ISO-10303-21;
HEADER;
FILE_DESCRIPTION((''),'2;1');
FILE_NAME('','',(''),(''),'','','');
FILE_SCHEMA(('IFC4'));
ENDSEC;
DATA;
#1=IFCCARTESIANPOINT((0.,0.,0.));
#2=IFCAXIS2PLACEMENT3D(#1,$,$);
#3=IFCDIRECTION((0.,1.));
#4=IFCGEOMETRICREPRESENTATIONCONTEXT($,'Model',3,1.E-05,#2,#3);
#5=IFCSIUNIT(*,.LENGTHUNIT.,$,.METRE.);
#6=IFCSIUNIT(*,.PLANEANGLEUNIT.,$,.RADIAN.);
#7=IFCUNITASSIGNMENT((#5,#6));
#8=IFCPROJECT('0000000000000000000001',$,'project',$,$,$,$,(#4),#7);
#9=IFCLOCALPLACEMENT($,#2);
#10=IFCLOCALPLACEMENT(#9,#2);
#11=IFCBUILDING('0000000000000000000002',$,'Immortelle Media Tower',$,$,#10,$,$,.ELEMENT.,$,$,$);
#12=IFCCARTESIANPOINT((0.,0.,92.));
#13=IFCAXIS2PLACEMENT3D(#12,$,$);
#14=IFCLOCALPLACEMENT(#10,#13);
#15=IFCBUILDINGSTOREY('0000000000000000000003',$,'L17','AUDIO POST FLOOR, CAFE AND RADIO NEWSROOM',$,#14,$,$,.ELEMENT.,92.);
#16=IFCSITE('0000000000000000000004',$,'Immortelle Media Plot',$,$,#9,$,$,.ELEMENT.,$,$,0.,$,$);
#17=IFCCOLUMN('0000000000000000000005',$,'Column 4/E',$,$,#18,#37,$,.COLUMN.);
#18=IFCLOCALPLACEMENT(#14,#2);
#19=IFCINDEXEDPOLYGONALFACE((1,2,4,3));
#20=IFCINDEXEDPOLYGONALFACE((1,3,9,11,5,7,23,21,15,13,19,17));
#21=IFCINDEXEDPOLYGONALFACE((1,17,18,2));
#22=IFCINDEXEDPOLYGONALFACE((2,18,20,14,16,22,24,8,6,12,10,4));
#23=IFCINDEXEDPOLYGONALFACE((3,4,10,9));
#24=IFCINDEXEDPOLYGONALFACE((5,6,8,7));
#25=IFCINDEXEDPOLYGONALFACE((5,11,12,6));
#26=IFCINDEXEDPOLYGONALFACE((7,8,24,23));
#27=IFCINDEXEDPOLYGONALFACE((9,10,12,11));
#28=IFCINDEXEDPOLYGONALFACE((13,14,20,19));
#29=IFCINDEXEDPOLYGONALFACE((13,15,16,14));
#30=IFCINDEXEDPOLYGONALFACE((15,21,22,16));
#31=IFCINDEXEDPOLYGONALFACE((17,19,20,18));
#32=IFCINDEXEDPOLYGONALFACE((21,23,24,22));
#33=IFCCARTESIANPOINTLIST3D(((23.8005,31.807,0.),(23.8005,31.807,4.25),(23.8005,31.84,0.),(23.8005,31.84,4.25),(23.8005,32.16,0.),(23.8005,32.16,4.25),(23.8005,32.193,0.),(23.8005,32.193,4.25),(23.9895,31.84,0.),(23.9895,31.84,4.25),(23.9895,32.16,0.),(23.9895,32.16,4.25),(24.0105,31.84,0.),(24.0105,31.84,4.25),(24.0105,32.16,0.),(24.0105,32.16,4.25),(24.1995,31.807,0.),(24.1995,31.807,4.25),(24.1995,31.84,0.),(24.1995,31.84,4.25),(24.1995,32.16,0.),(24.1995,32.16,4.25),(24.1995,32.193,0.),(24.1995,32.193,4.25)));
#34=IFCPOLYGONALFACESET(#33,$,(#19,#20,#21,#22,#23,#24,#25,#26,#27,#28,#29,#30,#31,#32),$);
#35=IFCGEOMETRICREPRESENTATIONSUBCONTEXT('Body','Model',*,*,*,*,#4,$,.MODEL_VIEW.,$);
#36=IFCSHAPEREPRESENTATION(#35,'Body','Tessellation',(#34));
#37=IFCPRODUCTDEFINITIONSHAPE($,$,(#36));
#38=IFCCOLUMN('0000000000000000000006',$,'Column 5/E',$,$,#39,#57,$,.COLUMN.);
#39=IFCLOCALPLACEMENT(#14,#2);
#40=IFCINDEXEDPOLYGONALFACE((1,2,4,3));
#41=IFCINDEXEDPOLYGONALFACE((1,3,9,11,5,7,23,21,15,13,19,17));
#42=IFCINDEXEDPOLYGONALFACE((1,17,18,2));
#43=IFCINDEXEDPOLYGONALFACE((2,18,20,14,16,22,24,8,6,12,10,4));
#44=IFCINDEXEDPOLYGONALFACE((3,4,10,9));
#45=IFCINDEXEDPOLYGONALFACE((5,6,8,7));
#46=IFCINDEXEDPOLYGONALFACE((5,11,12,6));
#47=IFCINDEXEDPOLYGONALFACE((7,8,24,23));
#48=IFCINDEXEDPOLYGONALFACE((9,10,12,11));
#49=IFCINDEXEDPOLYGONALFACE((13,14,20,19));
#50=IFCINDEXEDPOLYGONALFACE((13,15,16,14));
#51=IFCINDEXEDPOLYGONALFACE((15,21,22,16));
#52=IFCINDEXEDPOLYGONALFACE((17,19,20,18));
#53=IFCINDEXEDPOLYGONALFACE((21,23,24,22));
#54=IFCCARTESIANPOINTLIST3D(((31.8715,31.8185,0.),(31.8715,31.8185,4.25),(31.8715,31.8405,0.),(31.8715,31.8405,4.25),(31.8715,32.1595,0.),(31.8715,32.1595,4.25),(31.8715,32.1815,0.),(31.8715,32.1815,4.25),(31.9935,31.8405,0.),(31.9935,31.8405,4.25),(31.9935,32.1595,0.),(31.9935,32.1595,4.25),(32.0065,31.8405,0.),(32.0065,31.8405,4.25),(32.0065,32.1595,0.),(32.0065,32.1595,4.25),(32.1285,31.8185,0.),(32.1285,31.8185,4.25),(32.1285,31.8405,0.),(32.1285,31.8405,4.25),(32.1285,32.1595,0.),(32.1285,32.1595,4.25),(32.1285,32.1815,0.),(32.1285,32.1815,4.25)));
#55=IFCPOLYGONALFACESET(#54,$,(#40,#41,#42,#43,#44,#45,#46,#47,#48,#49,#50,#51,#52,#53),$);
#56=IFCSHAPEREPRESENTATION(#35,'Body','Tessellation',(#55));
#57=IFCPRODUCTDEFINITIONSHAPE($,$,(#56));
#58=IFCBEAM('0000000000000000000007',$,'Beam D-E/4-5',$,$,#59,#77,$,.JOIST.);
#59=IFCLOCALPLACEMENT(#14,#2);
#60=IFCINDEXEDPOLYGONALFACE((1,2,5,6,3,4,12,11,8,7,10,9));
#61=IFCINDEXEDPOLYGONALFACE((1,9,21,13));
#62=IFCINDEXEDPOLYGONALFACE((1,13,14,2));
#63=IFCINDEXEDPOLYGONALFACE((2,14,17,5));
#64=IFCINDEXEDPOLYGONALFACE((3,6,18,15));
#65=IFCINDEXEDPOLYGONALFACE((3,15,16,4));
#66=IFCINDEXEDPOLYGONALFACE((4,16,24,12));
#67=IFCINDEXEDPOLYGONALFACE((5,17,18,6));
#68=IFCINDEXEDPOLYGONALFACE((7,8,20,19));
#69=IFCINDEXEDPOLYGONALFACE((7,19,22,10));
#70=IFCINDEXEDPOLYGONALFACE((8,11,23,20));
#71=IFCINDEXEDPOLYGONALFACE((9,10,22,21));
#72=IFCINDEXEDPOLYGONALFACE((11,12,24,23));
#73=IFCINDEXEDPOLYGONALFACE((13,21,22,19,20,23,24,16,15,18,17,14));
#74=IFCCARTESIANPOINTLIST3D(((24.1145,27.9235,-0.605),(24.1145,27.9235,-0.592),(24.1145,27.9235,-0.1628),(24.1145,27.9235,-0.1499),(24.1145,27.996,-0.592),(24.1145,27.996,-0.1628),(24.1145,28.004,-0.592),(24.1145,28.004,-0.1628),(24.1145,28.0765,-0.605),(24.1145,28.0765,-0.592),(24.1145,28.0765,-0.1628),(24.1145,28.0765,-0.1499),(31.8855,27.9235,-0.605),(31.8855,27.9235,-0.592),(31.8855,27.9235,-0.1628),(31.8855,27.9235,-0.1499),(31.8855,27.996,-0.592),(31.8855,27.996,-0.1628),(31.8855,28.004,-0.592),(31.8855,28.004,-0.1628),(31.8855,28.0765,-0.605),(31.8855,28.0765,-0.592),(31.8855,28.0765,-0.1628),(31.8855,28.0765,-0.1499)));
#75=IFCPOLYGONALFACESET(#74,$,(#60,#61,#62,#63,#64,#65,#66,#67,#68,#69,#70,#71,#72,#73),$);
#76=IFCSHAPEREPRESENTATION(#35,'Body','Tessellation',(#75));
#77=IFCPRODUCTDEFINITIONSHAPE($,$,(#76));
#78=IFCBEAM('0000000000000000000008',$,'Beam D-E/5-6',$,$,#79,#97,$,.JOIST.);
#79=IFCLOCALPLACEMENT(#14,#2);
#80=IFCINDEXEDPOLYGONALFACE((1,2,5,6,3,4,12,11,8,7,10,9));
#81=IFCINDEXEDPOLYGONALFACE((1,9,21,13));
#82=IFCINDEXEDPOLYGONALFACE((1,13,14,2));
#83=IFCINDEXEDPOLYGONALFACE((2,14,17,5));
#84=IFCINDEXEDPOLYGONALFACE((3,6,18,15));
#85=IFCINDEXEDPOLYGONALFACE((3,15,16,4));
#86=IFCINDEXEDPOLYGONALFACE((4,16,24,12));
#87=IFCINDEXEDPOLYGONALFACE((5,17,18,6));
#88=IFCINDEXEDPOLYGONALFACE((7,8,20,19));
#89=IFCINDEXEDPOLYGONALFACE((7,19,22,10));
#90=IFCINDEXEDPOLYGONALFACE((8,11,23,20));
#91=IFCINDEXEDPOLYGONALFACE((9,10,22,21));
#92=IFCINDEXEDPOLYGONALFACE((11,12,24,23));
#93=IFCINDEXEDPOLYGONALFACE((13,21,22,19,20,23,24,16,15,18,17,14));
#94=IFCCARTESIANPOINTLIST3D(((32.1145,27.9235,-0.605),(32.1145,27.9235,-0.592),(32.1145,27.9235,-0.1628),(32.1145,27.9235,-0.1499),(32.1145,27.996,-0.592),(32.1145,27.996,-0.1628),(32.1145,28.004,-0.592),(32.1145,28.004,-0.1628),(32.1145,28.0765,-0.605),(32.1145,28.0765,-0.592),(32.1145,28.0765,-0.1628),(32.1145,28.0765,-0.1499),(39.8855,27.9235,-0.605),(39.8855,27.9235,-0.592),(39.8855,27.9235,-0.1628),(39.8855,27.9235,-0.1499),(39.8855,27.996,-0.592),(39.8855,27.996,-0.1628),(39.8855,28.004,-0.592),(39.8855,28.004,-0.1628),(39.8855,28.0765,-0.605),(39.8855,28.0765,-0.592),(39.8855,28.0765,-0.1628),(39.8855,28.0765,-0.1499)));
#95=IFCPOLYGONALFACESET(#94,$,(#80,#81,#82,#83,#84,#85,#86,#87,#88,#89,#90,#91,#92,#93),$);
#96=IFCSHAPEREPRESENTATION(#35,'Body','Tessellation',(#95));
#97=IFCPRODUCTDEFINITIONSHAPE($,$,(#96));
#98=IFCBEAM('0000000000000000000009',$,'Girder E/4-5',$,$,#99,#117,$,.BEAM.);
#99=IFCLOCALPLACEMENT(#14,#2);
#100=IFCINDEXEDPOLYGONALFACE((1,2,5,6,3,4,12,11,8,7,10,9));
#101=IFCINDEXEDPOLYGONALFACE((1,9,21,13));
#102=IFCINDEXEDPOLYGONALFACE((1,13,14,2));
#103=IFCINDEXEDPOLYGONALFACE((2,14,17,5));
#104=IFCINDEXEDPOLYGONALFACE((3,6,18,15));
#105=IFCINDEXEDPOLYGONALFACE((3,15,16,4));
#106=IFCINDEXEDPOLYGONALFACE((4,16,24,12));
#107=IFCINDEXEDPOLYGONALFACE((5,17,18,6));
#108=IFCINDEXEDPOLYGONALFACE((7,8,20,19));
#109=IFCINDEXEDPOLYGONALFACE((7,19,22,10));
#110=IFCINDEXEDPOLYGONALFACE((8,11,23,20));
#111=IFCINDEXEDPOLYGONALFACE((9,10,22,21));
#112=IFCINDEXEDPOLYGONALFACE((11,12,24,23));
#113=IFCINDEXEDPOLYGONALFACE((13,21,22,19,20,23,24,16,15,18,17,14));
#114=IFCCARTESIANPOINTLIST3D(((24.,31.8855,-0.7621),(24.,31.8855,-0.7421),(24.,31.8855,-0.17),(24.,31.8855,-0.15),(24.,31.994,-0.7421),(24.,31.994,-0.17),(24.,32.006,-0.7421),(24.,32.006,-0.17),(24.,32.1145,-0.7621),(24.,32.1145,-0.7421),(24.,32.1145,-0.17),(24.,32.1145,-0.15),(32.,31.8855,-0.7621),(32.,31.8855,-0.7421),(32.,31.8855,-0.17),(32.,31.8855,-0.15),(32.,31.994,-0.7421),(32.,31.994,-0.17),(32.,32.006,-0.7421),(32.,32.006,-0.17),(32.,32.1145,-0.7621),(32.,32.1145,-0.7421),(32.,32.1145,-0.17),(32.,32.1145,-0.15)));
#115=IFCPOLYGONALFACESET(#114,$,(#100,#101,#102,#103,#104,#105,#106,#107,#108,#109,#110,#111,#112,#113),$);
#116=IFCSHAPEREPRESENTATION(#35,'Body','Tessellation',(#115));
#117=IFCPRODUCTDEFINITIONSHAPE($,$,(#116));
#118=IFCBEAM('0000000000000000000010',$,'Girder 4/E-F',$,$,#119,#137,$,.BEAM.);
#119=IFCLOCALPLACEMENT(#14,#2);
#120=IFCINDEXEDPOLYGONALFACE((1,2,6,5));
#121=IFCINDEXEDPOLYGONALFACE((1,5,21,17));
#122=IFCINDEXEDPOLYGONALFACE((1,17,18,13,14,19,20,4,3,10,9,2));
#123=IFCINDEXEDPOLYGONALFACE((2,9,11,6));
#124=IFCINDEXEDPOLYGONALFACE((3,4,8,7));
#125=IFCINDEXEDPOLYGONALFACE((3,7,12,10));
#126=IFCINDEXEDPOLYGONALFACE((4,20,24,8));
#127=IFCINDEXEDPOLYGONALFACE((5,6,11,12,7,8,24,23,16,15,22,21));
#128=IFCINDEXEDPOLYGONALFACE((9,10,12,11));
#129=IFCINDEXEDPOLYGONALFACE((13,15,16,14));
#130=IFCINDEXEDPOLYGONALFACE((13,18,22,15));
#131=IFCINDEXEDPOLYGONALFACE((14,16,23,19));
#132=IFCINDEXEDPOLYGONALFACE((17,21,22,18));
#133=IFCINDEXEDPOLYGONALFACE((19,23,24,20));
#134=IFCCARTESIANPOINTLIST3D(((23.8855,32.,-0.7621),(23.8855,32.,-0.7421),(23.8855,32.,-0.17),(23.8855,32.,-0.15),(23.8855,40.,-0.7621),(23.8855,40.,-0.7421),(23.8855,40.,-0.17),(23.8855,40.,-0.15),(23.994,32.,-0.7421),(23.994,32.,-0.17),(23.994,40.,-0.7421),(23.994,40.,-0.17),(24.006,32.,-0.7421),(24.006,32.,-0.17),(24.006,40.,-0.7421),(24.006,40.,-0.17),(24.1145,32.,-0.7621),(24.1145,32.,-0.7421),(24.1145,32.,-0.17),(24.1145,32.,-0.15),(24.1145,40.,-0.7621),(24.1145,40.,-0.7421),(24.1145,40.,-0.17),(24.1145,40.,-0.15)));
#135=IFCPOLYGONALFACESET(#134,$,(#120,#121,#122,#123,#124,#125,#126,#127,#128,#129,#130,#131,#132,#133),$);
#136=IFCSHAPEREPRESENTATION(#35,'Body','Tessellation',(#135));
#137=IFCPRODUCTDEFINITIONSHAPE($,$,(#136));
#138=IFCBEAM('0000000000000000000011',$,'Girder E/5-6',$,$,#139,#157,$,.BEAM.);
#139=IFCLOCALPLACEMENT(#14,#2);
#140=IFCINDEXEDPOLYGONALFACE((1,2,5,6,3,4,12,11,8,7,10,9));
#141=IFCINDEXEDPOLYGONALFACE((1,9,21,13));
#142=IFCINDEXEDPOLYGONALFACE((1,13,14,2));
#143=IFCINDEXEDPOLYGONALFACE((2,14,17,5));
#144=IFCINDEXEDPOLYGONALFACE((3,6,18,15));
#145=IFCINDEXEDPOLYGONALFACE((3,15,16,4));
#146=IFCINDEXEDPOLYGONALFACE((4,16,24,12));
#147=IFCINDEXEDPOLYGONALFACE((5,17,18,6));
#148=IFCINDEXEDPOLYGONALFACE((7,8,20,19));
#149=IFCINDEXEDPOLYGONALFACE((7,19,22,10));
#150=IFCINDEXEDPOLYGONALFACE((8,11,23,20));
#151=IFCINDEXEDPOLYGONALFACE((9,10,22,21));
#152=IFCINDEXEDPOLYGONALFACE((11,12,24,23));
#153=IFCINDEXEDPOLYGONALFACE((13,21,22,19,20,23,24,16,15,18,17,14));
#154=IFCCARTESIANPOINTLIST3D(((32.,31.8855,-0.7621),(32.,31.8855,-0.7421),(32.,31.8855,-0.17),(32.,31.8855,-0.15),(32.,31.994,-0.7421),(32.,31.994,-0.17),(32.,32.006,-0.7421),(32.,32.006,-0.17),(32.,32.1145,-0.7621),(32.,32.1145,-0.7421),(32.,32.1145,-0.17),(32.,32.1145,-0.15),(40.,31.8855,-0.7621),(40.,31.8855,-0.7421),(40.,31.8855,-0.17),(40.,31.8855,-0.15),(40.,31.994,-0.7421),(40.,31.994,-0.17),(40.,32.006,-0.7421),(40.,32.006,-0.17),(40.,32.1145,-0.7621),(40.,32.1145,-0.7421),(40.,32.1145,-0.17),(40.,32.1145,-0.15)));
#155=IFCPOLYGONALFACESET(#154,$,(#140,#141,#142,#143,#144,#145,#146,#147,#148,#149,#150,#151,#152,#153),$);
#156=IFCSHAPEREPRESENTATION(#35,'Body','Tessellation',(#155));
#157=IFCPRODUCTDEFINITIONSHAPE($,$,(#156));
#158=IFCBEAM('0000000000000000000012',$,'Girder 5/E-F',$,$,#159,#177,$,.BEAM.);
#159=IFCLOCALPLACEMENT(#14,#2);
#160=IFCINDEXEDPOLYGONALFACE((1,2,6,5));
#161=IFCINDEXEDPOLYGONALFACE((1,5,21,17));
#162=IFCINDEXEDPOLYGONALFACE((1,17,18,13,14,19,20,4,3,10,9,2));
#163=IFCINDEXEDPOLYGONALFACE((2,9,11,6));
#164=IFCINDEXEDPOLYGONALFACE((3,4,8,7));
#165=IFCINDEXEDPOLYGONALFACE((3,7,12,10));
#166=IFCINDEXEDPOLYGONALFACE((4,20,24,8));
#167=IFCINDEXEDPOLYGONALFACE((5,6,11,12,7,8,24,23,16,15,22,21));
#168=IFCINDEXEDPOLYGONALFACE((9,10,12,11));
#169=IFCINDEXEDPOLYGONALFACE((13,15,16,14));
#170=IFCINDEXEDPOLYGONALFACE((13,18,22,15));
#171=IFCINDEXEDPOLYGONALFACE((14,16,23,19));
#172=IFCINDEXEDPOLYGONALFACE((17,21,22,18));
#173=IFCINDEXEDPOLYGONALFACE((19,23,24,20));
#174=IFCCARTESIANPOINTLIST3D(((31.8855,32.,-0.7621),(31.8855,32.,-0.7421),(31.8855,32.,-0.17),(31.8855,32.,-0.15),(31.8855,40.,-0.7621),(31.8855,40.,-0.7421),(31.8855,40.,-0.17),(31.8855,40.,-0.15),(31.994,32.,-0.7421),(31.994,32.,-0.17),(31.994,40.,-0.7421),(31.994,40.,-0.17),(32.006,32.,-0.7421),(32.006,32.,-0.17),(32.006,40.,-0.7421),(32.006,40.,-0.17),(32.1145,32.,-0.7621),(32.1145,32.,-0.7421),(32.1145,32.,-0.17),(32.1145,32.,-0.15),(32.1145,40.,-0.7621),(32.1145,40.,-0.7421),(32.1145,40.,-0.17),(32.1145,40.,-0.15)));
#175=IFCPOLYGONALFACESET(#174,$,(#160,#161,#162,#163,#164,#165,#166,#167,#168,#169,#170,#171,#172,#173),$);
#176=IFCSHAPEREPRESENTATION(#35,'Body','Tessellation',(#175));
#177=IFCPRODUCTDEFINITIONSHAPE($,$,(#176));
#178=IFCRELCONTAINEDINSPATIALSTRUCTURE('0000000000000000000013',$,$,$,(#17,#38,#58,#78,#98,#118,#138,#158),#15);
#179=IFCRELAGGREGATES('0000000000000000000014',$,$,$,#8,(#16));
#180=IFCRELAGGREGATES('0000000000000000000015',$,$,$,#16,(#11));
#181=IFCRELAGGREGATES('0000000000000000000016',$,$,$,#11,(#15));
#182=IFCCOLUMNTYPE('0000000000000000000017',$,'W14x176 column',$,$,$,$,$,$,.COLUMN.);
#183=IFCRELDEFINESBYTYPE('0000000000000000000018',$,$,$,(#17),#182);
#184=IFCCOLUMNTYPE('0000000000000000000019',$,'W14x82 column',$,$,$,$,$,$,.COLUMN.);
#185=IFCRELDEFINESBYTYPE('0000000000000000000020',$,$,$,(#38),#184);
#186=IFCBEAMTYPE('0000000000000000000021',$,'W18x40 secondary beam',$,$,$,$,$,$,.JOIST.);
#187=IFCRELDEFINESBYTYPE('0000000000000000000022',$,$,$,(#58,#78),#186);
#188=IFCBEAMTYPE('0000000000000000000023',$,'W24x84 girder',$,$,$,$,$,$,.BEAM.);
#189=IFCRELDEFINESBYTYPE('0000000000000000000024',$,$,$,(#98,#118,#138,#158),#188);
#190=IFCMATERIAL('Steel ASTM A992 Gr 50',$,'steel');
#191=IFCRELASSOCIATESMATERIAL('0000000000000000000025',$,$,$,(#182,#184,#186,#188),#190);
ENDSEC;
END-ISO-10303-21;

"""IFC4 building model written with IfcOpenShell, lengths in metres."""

from ifc_helpers import new_model, si_unit, direction, frame, origin, origin_2d, place, context, subcontext, project, spatial, i_section, extrude, material, material_profile, profile_set, type_object, element, save


model = new_model("IFC4")

# Units and contexts
model_context = context("Model", 3, precision=1e-05, world=origin(), true_north=direction((0.0, 1.0)))
body_context = subcontext(model_context, "Body", "Model", "MODEL_VIEW")
ifc_project = project(units=[si_unit("LENGTHUNIT", "METRE"), si_unit("PLANEANGLEUNIT", "RADIAN")], contexts=[model_context])

# Site, building, storey
site_placement = place(None, origin())
site = spatial("IfcSite", under=ifc_project, at=site_placement, Name="Immortelle Media Plot", CompositionType="ELEMENT", RefElevation=0.0)
building_placement = place(site_placement, origin())
building = spatial("IfcBuilding", under=site, at=building_placement, Name="Immortelle Media Tower", CompositionType="ELEMENT")
storey_placement = place(building_placement, frame((0.0, 0.0, 92.0)))
storey = spatial("IfcBuildingStorey", under=building, at=storey_placement, Name="L17", Description="AUDIO POST FLOOR, CAFE AND RADIO NEWSROOM", CompositionType="ELEMENT", Elevation=92.0)

# Columns
ifc_material_1 = material(Name="Steel ASTM A992 Gr 50", Category="steel")
ifc_material_profile_1 = material_profile(ifc_material_1, i_section(OverallWidth=0.3989, OverallDepth=0.386, WebThickness=0.021, FlangeThickness=0.033, at=origin_2d()), Name="W14x176")
ifc_profile_set_1 = profile_set([ifc_material_profile_1], Name="Steel ASTM A992 Gr 50")
column_type_1 = type_object("IfcColumnType", Name="W14x176 column", PredefinedType="COLUMN", material=ifc_profile_set_1)
column_1_placement = place(storey_placement, frame((24.0, 32.0, 0.0), z_axis=(0.0, 0.0, 1.0), x_axis=(1.0, 0.0, 0.0)))
element("IfcColumn", 1, at=column_1_placement, inside=storey, type_object=column_type_1, Name="Column 4/E", PredefinedType="COLUMN", context=body_context, shape_type="SweptSolid", body=[
    extrude(i_section(OverallWidth=0.3989, OverallDepth=0.386, WebThickness=0.021, FlangeThickness=0.033, at=origin_2d()), origin(), (0.0, 0.0, 1.0), 4.25),
])
ifc_material_profile_2 = material_profile(ifc_material_1, i_section(OverallWidth=0.2571, OverallDepth=0.363, WebThickness=0.0129, FlangeThickness=0.022, at=origin_2d()), Name="W14x82")
ifc_profile_set_2 = profile_set([ifc_material_profile_2], Name="Steel ASTM A992 Gr 50")
column_type_2 = type_object("IfcColumnType", Name="W14x82 column", PredefinedType="COLUMN", material=ifc_profile_set_2)
column_2_placement = place(storey_placement, frame((32.0, 32.0, 0.0), z_axis=(0.0, 0.0, 1.0), x_axis=(1.0, 0.0, 0.0)))
element("IfcColumn", 2, at=column_2_placement, inside=storey, type_object=column_type_2, Name="Column 5/E", PredefinedType="COLUMN", context=body_context, shape_type="SweptSolid", body=[
    extrude(i_section(OverallWidth=0.2571, OverallDepth=0.363, WebThickness=0.0129, FlangeThickness=0.022, at=origin_2d()), origin(), (0.0, 0.0, 1.0), 4.25),
])

# Beams
ifc_material_profile_3 = material_profile(ifc_material_1, i_section(OverallWidth=0.1531, OverallDepth=0.4551, WebThickness=0.0081, FlangeThickness=0.0129, at=origin_2d()), Name="W18x40")
ifc_profile_set_3 = profile_set([ifc_material_profile_3], Name="Steel ASTM A992 Gr 50")
beam_type_1 = type_object("IfcBeamType", Name="W18x40 secondary beam", PredefinedType="JOIST", material=ifc_profile_set_3)
for number, where, z_axis, x_axis, name in (
    (3, (24.1145, 28.0, -0.3774), (1.0, 0.0, 0.0), (0.0, 1.0, 0.0), "Beam D-E/4-5"),
    (4, (32.1145, 28.0, -0.3774), (1.0, 0.0, 0.0), (0.0, 1.0, 0.0), "Beam D-E/5-6"),
):
    element("IfcBeam", number, at=place(storey_placement, frame(where, z_axis=z_axis, x_axis=x_axis)), inside=storey, type_object=beam_type_1, Name=name, PredefinedType="JOIST", context=body_context, shape_type="SweptSolid", body=[
        extrude(i_section(OverallWidth=0.1531, OverallDepth=0.4551, WebThickness=0.0081, FlangeThickness=0.0129, at=origin_2d()), origin(), (0.0, 0.0, 1.0), 7.771),
    ])
ifc_material_profile_4 = material_profile(ifc_material_1, i_section(OverallWidth=0.229, OverallDepth=0.6121, WebThickness=0.012, FlangeThickness=0.02, at=origin_2d()), Name="W24x84")
ifc_profile_set_4 = profile_set([ifc_material_profile_4], Name="Steel ASTM A992 Gr 50")
beam_type_2 = type_object("IfcBeamType", Name="W24x84 girder", PredefinedType="BEAM", material=ifc_profile_set_4)
for number, where, z_axis, x_axis, name in (
    (5, (24.0, 32.0, -0.4561), (1.0, 0.0, 0.0), (0.0, 1.0, 0.0), "Girder E/4-5"),
    (6, (24.0, 32.0, -0.4561), (0.0, 1.0, 0.0), (-1.0, 0.0, 0.0), "Girder 4/E-F"),
    (7, (32.0, 32.0, -0.4561), (1.0, 0.0, 0.0), (0.0, 1.0, 0.0), "Girder E/5-6"),
    (8, (32.0, 32.0, -0.4561), (0.0, 1.0, 0.0), (-1.0, 0.0, 0.0), "Girder 5/E-F"),
):
    element("IfcBeam", number, at=place(storey_placement, frame(where, z_axis=z_axis, x_axis=x_axis)), inside=storey, type_object=beam_type_2, Name=name, PredefinedType="BEAM", context=body_context, shape_type="SweptSolid", body=[
        extrude(i_section(OverallWidth=0.229, OverallDepth=0.6121, WebThickness=0.012, FlangeThickness=0.02, at=origin_2d()), origin(), (0.0, 0.0, 1.0), 8.0),
    ])

save(model, "model.ifc")
